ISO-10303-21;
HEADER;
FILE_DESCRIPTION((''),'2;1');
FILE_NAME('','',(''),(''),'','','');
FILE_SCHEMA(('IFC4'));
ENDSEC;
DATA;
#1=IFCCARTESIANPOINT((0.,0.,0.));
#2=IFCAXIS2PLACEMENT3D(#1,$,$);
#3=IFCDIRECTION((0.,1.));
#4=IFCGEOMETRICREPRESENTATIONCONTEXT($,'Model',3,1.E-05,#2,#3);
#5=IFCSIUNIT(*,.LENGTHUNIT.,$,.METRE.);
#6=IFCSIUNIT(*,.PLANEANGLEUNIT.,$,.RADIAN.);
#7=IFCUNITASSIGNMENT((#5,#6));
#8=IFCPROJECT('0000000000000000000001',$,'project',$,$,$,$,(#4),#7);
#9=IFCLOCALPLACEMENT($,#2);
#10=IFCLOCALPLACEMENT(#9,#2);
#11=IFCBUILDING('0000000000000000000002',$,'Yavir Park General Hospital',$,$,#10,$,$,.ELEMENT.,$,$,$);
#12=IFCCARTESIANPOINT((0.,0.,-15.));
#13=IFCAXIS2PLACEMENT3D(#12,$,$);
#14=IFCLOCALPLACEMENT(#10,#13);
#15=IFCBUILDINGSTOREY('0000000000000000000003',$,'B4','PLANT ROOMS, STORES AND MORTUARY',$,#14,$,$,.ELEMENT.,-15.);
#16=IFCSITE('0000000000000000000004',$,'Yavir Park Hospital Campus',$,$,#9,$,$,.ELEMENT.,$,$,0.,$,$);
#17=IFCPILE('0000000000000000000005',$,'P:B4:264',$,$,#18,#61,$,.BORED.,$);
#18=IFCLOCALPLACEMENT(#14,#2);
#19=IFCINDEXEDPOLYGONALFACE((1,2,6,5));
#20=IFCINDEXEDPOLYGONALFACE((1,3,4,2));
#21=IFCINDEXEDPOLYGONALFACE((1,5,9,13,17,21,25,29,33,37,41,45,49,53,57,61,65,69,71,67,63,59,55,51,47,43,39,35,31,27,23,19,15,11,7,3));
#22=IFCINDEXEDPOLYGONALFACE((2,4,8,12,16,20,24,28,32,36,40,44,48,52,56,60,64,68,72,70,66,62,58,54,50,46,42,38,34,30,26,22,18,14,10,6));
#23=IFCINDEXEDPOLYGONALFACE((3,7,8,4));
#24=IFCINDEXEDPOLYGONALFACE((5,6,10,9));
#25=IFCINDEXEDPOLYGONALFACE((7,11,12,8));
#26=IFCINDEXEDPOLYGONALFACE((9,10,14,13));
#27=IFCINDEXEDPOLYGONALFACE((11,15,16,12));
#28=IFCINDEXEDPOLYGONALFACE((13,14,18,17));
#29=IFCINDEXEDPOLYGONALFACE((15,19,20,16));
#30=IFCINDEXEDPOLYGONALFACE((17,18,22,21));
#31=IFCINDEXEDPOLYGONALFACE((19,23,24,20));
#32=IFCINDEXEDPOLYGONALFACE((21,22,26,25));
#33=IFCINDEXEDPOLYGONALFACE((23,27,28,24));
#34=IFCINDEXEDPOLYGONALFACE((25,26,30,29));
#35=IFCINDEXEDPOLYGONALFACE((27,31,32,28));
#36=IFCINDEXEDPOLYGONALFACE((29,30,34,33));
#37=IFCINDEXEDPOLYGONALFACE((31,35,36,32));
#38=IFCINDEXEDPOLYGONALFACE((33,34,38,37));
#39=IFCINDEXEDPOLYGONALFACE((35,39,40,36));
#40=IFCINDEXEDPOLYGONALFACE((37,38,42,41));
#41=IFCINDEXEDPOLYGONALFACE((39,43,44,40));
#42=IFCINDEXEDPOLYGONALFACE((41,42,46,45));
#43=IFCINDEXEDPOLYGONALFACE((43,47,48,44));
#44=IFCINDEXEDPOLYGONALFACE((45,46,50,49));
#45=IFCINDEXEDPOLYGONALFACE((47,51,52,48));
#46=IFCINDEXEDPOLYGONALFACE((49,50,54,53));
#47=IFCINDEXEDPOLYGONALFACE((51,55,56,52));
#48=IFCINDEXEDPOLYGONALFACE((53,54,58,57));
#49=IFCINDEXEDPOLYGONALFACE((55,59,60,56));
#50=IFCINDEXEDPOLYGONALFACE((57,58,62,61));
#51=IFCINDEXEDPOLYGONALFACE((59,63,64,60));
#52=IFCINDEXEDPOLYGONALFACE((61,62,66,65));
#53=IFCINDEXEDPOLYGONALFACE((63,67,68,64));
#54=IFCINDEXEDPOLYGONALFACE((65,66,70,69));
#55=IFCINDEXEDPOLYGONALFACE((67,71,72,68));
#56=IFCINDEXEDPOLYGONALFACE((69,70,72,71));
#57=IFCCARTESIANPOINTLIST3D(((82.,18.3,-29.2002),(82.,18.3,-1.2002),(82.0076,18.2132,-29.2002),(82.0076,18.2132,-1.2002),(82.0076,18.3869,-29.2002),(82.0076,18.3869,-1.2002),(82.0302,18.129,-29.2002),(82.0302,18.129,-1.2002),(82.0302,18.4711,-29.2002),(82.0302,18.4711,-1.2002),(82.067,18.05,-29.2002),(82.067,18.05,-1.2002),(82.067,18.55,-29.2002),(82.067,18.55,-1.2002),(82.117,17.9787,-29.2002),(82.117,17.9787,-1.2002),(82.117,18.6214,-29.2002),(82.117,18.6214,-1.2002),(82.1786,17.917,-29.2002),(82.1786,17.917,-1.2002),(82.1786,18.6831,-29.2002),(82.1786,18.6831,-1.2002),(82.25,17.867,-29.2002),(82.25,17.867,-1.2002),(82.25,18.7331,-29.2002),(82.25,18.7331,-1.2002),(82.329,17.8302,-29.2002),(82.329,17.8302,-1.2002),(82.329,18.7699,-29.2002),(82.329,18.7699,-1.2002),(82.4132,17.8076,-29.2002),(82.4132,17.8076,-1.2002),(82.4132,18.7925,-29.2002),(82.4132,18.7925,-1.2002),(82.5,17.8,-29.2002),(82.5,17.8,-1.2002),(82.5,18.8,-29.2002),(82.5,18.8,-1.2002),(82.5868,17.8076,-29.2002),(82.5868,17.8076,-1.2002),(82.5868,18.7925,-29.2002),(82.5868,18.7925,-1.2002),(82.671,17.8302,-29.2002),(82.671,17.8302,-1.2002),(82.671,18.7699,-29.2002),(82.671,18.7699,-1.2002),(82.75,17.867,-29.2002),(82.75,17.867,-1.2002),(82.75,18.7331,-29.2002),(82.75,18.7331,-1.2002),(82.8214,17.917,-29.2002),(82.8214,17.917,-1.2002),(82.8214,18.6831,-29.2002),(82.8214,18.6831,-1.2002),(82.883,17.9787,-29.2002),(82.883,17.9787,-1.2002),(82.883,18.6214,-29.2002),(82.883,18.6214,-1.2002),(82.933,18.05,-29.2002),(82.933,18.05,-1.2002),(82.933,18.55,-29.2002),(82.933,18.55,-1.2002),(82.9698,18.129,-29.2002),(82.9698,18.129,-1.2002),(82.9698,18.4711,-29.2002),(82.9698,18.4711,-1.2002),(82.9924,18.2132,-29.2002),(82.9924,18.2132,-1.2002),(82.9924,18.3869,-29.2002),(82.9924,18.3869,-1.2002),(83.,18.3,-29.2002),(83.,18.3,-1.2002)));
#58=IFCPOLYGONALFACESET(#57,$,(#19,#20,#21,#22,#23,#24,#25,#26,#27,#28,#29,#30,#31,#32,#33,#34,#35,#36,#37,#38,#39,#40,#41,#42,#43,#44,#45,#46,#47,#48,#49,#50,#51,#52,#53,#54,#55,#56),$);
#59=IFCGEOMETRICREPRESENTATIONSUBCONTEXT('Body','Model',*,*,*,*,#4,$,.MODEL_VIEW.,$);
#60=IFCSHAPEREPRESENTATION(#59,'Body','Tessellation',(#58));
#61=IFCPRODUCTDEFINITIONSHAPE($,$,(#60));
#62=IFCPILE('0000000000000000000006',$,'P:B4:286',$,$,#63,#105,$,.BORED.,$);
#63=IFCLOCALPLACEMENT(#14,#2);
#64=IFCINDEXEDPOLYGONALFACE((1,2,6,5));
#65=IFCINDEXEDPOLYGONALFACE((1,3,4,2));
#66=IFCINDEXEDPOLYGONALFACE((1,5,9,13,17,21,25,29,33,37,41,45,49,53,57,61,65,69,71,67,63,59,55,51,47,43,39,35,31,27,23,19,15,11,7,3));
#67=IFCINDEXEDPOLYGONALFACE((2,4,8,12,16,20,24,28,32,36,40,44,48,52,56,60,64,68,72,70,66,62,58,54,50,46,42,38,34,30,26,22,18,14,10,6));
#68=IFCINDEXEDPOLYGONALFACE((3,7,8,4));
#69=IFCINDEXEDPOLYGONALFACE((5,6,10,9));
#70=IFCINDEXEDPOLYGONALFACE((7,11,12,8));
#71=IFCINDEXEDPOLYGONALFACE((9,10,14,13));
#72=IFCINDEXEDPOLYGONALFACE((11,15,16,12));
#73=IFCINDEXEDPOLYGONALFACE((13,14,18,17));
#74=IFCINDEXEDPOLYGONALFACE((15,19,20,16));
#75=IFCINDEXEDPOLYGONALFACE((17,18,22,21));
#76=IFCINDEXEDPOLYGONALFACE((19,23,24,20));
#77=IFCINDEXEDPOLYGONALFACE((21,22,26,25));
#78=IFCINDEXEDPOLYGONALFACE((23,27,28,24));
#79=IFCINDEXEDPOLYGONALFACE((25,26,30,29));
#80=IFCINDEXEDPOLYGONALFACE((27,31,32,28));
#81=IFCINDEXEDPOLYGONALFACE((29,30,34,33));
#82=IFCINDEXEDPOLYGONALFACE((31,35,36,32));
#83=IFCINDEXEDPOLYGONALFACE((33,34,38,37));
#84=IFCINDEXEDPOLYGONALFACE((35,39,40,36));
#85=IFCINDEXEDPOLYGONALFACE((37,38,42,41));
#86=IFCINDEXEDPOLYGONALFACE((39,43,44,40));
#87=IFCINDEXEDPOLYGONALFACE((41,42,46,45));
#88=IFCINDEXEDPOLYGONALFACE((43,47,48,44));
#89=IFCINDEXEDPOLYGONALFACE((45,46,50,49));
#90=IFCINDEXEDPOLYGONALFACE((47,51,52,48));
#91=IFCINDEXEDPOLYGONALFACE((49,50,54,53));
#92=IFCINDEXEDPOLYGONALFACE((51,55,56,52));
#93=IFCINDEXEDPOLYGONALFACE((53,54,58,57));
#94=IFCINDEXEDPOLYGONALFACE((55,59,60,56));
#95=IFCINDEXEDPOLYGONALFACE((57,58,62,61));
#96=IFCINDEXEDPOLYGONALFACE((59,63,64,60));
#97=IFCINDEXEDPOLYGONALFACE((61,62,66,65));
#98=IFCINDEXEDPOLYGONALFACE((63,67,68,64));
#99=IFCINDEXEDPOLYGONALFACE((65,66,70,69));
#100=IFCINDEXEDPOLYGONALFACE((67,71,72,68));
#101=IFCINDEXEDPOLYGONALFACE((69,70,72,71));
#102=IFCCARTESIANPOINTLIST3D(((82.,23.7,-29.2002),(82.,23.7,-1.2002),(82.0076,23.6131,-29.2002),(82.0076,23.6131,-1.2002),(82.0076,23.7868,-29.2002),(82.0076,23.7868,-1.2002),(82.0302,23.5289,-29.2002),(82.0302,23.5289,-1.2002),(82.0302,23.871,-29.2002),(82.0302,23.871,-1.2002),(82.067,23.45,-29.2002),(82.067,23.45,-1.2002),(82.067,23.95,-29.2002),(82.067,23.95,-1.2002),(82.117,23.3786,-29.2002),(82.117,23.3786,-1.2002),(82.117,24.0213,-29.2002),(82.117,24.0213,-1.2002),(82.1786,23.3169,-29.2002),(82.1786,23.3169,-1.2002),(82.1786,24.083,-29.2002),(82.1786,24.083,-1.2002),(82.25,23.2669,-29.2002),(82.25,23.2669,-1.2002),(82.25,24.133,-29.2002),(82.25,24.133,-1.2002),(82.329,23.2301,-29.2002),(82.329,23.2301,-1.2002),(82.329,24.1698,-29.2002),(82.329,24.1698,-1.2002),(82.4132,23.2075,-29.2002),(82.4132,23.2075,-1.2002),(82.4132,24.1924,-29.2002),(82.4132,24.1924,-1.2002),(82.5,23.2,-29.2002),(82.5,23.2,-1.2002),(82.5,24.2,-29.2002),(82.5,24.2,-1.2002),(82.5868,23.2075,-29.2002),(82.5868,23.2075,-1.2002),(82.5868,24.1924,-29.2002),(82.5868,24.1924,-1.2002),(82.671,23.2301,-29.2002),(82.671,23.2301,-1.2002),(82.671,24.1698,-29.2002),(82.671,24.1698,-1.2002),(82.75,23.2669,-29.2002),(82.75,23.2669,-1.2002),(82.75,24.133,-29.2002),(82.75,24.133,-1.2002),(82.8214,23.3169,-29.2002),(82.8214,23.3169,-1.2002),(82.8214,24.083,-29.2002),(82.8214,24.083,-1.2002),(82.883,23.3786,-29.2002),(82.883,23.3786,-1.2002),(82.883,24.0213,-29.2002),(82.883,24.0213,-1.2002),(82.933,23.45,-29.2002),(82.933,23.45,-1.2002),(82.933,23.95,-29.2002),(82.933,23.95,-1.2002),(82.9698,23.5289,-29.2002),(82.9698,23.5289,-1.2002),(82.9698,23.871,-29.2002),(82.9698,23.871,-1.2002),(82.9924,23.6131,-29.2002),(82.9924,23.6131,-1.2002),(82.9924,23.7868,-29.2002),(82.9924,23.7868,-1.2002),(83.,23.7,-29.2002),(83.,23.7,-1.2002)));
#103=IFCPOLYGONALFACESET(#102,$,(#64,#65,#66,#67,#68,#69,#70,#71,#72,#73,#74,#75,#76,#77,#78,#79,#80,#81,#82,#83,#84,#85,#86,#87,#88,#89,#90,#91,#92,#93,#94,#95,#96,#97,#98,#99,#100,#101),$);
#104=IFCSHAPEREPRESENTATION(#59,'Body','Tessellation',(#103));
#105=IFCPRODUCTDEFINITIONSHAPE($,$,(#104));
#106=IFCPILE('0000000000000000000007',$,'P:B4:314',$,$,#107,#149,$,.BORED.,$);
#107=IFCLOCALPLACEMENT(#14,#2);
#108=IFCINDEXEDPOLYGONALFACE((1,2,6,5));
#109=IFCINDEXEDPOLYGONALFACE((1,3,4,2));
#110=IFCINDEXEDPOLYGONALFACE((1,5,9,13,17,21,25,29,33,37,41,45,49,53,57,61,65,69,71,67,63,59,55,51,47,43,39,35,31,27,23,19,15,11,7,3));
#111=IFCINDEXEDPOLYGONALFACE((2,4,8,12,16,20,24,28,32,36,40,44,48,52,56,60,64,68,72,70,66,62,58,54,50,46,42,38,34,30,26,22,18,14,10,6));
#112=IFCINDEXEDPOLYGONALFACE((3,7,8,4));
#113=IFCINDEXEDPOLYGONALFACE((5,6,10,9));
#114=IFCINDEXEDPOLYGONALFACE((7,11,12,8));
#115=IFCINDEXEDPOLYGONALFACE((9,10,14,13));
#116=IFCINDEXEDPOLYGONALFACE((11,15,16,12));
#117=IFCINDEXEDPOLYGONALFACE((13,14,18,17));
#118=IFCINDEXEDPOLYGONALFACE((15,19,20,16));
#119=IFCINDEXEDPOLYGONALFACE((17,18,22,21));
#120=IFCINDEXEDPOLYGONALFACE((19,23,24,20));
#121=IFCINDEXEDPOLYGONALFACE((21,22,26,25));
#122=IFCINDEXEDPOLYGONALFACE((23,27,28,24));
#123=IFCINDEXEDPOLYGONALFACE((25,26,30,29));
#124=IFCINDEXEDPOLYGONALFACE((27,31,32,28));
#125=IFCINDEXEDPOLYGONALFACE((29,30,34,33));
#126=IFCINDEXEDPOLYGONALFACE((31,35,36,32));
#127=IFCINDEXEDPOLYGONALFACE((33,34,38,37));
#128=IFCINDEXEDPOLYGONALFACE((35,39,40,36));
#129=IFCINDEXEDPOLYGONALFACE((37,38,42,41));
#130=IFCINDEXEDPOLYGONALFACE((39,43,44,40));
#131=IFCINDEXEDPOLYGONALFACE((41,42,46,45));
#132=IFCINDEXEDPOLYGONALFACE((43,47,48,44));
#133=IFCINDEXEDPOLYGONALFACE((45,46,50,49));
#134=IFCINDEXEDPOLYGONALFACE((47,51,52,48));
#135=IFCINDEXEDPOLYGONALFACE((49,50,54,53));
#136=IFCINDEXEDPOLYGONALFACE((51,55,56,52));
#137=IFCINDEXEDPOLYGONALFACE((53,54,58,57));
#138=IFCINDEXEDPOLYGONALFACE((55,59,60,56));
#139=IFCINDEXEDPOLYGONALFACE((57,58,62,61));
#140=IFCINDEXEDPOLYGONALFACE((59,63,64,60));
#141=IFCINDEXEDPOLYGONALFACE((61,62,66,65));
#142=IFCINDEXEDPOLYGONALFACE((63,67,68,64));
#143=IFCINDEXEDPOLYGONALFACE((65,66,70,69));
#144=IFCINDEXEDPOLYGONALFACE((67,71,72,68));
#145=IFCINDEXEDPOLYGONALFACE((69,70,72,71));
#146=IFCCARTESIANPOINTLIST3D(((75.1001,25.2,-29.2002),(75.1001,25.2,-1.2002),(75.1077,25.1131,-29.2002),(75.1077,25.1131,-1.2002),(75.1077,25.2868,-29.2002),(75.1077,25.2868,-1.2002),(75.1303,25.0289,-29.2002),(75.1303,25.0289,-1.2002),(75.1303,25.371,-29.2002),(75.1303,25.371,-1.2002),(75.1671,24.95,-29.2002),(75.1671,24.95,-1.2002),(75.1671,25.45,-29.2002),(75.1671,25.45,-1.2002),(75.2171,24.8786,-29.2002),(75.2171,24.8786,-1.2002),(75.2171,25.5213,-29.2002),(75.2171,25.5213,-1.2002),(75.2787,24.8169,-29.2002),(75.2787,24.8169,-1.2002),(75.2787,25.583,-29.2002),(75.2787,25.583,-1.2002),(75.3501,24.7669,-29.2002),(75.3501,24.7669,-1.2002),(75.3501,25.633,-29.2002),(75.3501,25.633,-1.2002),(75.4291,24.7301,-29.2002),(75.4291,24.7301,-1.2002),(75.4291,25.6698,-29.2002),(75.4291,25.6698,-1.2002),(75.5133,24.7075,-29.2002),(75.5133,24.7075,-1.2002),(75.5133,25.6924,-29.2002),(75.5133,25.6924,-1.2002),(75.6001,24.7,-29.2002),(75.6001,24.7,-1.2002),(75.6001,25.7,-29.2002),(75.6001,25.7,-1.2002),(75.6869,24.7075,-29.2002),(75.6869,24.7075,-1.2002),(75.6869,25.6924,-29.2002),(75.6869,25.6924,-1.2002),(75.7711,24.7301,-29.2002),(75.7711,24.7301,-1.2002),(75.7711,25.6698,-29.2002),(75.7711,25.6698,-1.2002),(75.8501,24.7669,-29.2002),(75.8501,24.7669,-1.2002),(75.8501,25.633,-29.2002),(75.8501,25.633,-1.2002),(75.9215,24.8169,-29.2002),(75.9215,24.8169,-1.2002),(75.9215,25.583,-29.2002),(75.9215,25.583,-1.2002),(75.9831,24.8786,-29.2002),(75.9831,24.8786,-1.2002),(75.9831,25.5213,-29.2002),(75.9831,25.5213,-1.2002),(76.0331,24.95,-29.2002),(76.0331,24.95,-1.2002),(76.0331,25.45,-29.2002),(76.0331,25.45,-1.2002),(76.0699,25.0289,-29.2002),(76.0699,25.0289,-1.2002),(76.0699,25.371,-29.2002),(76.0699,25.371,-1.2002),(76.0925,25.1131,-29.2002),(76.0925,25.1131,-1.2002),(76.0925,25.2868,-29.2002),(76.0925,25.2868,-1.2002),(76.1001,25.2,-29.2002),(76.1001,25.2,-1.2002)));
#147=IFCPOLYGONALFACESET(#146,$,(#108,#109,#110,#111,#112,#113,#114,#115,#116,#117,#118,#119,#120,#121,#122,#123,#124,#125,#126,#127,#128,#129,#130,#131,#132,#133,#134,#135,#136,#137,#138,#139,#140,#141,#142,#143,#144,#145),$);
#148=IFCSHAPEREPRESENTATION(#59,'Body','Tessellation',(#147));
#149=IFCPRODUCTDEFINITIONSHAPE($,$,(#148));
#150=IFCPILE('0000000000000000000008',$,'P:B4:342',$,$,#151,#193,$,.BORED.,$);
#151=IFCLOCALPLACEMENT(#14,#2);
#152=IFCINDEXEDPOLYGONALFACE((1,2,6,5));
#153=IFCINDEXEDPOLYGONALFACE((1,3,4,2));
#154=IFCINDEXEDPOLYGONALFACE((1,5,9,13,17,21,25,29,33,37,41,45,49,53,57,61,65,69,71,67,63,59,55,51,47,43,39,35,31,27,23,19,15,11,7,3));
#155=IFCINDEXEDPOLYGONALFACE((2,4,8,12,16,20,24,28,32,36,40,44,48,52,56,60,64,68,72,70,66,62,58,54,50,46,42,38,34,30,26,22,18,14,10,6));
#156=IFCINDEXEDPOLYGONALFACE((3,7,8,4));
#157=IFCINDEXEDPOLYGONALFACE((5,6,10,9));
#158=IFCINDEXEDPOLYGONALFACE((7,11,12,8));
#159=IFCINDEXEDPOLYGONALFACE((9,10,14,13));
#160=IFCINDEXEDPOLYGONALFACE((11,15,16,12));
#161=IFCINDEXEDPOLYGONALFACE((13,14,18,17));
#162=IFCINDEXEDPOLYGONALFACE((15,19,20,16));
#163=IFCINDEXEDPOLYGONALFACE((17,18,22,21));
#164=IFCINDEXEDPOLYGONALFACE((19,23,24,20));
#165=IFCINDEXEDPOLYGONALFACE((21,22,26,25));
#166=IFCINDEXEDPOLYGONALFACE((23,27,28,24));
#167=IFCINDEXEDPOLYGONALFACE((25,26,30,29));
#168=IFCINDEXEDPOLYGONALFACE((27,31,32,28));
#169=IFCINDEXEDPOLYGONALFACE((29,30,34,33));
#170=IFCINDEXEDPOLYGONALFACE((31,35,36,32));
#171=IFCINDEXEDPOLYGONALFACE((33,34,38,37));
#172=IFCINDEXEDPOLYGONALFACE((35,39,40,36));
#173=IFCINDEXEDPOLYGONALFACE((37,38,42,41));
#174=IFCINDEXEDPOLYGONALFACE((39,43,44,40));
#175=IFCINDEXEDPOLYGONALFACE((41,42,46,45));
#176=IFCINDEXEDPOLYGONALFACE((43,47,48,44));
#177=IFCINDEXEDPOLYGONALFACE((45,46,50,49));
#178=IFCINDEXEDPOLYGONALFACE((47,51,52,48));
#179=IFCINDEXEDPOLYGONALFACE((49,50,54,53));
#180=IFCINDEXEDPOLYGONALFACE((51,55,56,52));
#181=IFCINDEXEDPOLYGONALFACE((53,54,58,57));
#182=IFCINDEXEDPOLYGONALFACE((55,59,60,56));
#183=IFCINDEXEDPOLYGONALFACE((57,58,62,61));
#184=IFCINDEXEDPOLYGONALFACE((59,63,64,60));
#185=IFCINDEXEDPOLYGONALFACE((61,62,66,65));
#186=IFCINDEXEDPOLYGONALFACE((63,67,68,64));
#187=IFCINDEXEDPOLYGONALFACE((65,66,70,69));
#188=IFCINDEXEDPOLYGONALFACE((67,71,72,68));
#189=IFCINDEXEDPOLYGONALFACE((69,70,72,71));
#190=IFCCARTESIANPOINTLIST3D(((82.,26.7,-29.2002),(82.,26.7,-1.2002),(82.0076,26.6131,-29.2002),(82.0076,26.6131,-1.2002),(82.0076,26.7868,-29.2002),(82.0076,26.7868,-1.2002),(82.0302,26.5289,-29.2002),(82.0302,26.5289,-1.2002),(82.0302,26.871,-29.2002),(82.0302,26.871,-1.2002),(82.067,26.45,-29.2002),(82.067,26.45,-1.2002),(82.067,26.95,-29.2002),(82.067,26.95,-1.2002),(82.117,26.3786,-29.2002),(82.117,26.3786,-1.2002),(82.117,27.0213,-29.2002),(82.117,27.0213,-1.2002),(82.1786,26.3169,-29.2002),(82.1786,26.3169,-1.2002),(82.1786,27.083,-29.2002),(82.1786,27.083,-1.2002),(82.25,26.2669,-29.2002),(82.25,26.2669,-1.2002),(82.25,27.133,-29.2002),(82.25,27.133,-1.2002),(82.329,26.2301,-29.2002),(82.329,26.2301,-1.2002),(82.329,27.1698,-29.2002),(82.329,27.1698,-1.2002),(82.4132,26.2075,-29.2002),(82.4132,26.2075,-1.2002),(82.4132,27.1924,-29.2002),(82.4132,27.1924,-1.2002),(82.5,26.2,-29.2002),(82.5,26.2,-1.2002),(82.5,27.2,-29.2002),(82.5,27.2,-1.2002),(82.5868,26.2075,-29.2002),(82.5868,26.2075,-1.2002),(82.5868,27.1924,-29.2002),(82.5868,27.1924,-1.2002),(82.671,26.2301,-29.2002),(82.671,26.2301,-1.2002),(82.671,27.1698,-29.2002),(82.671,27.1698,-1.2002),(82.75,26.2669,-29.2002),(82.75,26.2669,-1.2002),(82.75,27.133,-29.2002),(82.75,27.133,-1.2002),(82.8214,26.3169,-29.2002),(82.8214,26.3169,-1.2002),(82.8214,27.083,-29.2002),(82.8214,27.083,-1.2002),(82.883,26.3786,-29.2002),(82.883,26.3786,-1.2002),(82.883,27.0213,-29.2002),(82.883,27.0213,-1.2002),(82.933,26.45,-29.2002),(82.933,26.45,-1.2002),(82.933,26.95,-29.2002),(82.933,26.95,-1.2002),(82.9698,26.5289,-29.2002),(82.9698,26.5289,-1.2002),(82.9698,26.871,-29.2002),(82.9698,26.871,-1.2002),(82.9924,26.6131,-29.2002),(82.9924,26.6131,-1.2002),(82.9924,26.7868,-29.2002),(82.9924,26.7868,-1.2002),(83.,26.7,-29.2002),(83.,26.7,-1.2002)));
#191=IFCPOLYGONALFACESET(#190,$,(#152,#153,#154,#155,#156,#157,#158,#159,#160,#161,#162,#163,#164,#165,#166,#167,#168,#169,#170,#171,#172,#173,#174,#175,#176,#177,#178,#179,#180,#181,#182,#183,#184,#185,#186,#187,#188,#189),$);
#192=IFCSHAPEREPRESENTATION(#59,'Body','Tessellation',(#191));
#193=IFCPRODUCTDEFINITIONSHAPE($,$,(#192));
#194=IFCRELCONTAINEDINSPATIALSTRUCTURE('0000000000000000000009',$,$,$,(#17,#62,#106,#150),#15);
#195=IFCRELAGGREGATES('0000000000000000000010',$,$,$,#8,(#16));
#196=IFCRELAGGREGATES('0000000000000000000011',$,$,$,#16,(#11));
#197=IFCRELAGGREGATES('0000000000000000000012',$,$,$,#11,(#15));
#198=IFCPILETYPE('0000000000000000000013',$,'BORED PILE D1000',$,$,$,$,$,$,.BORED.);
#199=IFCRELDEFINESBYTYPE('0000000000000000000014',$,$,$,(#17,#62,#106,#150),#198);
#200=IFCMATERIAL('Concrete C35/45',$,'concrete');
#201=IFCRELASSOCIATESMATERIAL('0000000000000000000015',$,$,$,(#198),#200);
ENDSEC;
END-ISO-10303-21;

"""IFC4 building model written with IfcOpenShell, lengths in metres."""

from ifc_helpers import new_model, si_unit, direction, frame, origin, origin_2d, place, context, subcontext, project, spatial, circle, extrude, material, material_profile, profile_set, type_object, element, save


model = new_model("IFC4")

# Units and contexts
model_context = context("Model", 3, precision=1e-05, world=origin(), true_north=direction((0.0, 1.0)))
body_context = subcontext(model_context, "Body", "Model", "MODEL_VIEW")
ifc_project = project(units=[si_unit("LENGTHUNIT", "METRE"), si_unit("PLANEANGLEUNIT", "RADIAN")], contexts=[model_context])

# Site, building, storey
site_placement = place(None, origin())
site = spatial("IfcSite", under=ifc_project, at=site_placement, Name="Yavir Park Hospital Campus", CompositionType="ELEMENT", RefElevation=0.0)
building_placement = place(site_placement, origin())
building = spatial("IfcBuilding", under=site, at=building_placement, Name="Yavir Park General Hospital", CompositionType="ELEMENT")
storey_placement = place(building_placement, frame((0.0, 0.0, -15.0)))
storey = spatial("IfcBuildingStorey", under=building, at=storey_placement, Name="B4", Description="PLANT ROOMS, STORES AND MORTUARY", CompositionType="ELEMENT", Elevation=-15.0)

# Piles
ifc_material_1 = material(Name="Concrete C35/45", Category="concrete")
ifc_material_profile_1 = material_profile(ifc_material_1, circle(Radius=0.5, at=origin_2d()), Name="D1000")
ifc_profile_set_1 = profile_set([ifc_material_profile_1], Name="Concrete C35/45")
pile_type_1 = type_object("IfcPileType", Name="BORED PILE D1000", PredefinedType="BORED", material=ifc_profile_set_1)
for number, where, z_axis, x_axis, name in (
    (1, (82.5, 18.3, -1.2002), (0.0, 0.0, -1.0), (1.0, 0.0, 0.0), "P:B4:264"),
    (2, (82.5, 23.7, -1.2002), (0.0, 0.0, -1.0), (1.0, 0.0, 0.0), "P:B4:286"),
    (3, (75.6001, 25.2, -1.2002), (0.0, 0.0, -1.0), (1.0, 0.0, 0.0), "P:B4:314"),
    (4, (82.5, 26.7, -1.2002), (0.0, 0.0, -1.0), (1.0, 0.0, 0.0), "P:B4:342"),
):
    element("IfcPile", number, at=place(storey_placement, frame(where, z_axis=z_axis, x_axis=x_axis)), inside=storey, type_object=pile_type_1, Name=name, PredefinedType="BORED", context=body_context, shape_type="SweptSolid", body=[
        extrude(circle(Radius=0.5, at=origin_2d()), origin(), (0.0, 0.0, 1.0), 28.0),
    ])

save(model, "model.ifc")
